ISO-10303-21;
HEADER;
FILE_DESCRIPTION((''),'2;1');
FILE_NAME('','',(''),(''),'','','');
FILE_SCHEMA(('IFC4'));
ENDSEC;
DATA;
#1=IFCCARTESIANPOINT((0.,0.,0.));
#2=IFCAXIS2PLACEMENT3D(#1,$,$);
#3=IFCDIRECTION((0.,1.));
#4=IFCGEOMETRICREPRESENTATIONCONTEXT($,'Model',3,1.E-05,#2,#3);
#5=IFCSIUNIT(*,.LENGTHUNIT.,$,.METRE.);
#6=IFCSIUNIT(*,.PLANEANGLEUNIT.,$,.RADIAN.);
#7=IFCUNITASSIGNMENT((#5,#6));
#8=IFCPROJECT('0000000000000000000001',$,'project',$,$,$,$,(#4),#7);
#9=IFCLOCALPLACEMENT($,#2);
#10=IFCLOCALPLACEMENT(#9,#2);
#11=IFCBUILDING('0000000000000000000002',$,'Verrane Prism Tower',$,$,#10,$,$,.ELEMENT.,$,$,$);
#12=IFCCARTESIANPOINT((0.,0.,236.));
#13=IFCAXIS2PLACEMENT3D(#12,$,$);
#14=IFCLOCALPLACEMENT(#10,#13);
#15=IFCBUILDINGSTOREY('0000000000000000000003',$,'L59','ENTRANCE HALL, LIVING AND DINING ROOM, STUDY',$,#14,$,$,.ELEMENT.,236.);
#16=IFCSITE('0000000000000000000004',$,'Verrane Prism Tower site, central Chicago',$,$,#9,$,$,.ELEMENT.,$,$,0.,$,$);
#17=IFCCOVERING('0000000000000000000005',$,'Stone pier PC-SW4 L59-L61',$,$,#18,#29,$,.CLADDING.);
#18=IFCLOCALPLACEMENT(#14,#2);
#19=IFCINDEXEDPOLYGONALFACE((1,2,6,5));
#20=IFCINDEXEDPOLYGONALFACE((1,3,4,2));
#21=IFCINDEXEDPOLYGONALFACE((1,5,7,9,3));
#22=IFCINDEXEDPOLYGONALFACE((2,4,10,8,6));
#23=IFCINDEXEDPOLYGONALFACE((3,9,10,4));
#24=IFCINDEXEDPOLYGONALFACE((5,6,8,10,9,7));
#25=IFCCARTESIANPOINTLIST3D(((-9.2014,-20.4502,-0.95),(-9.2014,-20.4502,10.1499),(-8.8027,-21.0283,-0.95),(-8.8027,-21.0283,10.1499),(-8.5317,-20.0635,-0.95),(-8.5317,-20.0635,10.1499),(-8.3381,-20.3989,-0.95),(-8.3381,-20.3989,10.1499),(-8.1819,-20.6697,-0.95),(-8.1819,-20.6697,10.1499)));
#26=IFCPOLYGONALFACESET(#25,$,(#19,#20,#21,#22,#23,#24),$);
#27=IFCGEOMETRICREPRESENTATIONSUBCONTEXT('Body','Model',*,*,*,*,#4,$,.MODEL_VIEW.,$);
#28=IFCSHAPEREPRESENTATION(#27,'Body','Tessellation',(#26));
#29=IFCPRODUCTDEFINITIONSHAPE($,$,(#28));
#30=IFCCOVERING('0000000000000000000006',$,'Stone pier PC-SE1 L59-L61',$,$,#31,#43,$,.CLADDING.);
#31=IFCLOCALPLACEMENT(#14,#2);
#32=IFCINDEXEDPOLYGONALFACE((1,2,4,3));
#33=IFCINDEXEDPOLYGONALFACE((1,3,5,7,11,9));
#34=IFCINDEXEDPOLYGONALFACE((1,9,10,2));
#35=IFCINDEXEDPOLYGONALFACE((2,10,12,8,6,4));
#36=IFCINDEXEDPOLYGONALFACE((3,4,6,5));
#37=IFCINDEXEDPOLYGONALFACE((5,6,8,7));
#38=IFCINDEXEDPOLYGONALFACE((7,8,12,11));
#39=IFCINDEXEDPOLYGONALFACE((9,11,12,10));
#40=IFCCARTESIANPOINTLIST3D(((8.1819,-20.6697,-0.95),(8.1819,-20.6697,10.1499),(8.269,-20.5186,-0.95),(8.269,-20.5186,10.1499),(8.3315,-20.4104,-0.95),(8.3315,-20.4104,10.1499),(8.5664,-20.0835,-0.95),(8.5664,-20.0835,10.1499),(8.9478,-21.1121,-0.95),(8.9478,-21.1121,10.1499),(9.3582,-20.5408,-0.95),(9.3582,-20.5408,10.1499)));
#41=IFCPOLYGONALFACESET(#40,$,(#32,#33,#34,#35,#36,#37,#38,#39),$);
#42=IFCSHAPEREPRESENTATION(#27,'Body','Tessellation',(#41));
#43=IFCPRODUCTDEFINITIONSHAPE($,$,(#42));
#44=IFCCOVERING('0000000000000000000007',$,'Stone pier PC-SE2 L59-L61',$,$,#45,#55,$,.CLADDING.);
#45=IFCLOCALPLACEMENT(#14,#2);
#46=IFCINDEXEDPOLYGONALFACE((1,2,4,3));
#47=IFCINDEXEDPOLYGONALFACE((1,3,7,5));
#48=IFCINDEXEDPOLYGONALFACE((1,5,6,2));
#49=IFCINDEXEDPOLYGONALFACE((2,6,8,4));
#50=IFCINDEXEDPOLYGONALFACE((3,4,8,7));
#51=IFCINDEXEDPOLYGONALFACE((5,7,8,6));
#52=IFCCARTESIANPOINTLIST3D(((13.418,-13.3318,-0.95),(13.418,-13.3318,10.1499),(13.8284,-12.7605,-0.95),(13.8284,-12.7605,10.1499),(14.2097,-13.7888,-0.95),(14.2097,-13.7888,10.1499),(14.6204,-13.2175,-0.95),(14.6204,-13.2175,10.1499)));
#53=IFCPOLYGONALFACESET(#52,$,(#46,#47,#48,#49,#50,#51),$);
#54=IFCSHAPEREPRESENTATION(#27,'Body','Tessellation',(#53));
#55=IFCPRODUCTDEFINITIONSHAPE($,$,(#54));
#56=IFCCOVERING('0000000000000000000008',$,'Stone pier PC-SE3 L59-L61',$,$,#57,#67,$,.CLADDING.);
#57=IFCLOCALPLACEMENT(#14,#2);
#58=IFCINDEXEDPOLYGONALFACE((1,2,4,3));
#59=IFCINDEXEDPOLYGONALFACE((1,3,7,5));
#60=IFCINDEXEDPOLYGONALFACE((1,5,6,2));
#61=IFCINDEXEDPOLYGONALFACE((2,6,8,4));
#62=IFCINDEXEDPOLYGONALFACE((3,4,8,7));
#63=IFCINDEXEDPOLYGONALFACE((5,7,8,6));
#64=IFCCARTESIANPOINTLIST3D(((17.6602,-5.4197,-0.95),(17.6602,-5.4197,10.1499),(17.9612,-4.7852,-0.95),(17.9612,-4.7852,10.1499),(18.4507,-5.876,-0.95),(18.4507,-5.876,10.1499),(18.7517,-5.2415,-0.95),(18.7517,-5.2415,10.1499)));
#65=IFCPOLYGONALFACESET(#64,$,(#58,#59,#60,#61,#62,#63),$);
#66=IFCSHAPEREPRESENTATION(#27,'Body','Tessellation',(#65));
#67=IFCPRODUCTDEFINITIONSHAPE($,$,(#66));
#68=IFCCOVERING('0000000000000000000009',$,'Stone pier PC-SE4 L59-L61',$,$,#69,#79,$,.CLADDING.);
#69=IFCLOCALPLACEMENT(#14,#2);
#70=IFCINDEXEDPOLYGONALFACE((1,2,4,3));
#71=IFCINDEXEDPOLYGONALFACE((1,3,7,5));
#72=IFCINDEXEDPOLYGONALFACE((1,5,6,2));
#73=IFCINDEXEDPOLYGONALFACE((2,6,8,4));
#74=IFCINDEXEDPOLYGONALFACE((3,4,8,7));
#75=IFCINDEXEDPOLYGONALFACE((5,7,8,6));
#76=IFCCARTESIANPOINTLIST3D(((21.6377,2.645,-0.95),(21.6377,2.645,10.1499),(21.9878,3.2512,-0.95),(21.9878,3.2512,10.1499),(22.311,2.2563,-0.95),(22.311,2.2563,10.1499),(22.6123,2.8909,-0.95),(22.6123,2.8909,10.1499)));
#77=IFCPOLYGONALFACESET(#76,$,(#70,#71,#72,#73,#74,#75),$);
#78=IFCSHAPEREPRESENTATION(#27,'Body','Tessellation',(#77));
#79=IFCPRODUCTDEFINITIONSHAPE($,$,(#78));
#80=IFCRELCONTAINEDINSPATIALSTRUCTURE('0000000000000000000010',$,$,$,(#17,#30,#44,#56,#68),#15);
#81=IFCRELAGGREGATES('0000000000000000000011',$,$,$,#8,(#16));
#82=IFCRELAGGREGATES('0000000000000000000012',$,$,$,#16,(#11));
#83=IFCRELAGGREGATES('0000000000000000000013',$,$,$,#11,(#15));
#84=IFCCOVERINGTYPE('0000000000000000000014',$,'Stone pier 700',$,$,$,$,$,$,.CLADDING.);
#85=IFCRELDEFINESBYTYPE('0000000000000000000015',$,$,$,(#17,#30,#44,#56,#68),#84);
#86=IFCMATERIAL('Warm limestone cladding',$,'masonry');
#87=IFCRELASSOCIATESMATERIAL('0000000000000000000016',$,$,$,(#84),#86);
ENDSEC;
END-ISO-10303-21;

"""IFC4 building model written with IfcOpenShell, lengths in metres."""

from ifc_helpers import new_model, si_unit, direction, frame, origin, place, context, subcontext, project, spatial, polyline, outline, extrude, material, type_object, element, save


model = new_model("IFC4")

# Units and contexts
model_context = context("Model", 3, precision=1e-05, world=origin(), true_north=direction((0.0, 1.0)))
body_context = subcontext(model_context, "Body", "Model", "MODEL_VIEW")
ifc_project = project(units=[si_unit("LENGTHUNIT", "METRE"), si_unit("PLANEANGLEUNIT", "RADIAN")], contexts=[model_context])

# Site, building, storey
site_placement = place(None, origin())
site = spatial("IfcSite", under=ifc_project, at=site_placement, Name="Verrane Prism Tower site, central Chicago", CompositionType="ELEMENT", RefElevation=0.0)
building_placement = place(site_placement, origin())
building = spatial("IfcBuilding", under=site, at=building_placement, Name="Verrane Prism Tower", CompositionType="ELEMENT")
storey_placement = place(building_placement, frame((0.0, 0.0, 236.0)))
storey = spatial("IfcBuildingStorey", under=building, at=storey_placement, Name="L59", Description="ENTRANCE HALL, LIVING AND DINING ROOM, STUDY", CompositionType="ELEMENT", Elevation=236.0)

# Coverings
ifc_material_1 = material(Name="Warm limestone cladding", Category="masonry")
covering_type_1 = type_object("IfcCoveringType", Name="Stone pier 700", PredefinedType="CLADDING", material=ifc_material_1)
covering_1_placement = place(storey_placement, frame((0.0, 0.0, -0.95)))
element("IfcCovering", 1, at=covering_1_placement, inside=storey, type_object=covering_type_1, Name="Stone pier PC-SW4 L59-L61", PredefinedType="CLADDING", context=body_context, shape_type="SweptSolid", body=[
    extrude(outline(polyline([(-8.1819, -20.6697), (-8.3381, -20.3989), (-8.5317, -20.0635), (-9.2014, -20.4502), (-8.8027, -21.0283), (-8.1819, -20.6697)])), origin(), (0.0, 0.0, 1.0), 11.0999),
])
covering_2_placement = place(storey_placement, frame((0.0, 0.0, -0.95)))
element("IfcCovering", 2, at=covering_2_placement, inside=storey, type_object=covering_type_1, Name="Stone pier PC-SE1 L59-L61", PredefinedType="CLADDING", context=body_context, shape_type="SweptSolid", body=[
    extrude(outline(polyline([(8.3315, -20.4104), (8.269, -20.5186), (8.1819, -20.6697), (8.9478, -21.1121), (9.3582, -20.5408), (8.5664, -20.0835), (8.3315, -20.4104)])), origin(), (0.0, 0.0, 1.0), 11.0999),
])
covering_3_placement = place(storey_placement, frame((0.0, 0.0, -0.95)))
element("IfcCovering", 3, at=covering_3_placement, inside=storey, type_object=covering_type_1, Name="Stone pier PC-SE2 L59-L61", PredefinedType="CLADDING", context=body_context, shape_type="SweptSolid", body=[
    extrude(outline(polyline([(14.6204, -13.2175), (13.8284, -12.7605), (13.418, -13.3318), (14.2097, -13.7888), (14.6204, -13.2175)])), origin(), (0.0, 0.0, 1.0), 11.0999),
])
covering_4_placement = place(storey_placement, frame((0.0, 0.0, -0.95)))
element("IfcCovering", 4, at=covering_4_placement, inside=storey, type_object=covering_type_1, Name="Stone pier PC-SE3 L59-L61", PredefinedType="CLADDING", context=body_context, shape_type="SweptSolid", body=[
    extrude(outline(polyline([(18.7517, -5.2415), (17.9612, -4.7852), (17.6602, -5.4197), (18.4507, -5.876), (18.7517, -5.2415)])), origin(), (0.0, 0.0, 1.0), 11.0999),
])
covering_5_placement = place(storey_placement, frame((0.0, 0.0, -0.95)))
element("IfcCovering", 5, at=covering_5_placement, inside=storey, type_object=covering_type_1, Name="Stone pier PC-SE4 L59-L61", PredefinedType="CLADDING", context=body_context, shape_type="SweptSolid", body=[
    extrude(outline(polyline([(21.9878, 3.2512), (21.6377, 2.645), (22.311, 2.2563), (22.6123, 2.8909), (21.9878, 3.2512)])), origin(), (0.0, 0.0, 1.0), 11.0999),
])

save(model, "model.ifc")
